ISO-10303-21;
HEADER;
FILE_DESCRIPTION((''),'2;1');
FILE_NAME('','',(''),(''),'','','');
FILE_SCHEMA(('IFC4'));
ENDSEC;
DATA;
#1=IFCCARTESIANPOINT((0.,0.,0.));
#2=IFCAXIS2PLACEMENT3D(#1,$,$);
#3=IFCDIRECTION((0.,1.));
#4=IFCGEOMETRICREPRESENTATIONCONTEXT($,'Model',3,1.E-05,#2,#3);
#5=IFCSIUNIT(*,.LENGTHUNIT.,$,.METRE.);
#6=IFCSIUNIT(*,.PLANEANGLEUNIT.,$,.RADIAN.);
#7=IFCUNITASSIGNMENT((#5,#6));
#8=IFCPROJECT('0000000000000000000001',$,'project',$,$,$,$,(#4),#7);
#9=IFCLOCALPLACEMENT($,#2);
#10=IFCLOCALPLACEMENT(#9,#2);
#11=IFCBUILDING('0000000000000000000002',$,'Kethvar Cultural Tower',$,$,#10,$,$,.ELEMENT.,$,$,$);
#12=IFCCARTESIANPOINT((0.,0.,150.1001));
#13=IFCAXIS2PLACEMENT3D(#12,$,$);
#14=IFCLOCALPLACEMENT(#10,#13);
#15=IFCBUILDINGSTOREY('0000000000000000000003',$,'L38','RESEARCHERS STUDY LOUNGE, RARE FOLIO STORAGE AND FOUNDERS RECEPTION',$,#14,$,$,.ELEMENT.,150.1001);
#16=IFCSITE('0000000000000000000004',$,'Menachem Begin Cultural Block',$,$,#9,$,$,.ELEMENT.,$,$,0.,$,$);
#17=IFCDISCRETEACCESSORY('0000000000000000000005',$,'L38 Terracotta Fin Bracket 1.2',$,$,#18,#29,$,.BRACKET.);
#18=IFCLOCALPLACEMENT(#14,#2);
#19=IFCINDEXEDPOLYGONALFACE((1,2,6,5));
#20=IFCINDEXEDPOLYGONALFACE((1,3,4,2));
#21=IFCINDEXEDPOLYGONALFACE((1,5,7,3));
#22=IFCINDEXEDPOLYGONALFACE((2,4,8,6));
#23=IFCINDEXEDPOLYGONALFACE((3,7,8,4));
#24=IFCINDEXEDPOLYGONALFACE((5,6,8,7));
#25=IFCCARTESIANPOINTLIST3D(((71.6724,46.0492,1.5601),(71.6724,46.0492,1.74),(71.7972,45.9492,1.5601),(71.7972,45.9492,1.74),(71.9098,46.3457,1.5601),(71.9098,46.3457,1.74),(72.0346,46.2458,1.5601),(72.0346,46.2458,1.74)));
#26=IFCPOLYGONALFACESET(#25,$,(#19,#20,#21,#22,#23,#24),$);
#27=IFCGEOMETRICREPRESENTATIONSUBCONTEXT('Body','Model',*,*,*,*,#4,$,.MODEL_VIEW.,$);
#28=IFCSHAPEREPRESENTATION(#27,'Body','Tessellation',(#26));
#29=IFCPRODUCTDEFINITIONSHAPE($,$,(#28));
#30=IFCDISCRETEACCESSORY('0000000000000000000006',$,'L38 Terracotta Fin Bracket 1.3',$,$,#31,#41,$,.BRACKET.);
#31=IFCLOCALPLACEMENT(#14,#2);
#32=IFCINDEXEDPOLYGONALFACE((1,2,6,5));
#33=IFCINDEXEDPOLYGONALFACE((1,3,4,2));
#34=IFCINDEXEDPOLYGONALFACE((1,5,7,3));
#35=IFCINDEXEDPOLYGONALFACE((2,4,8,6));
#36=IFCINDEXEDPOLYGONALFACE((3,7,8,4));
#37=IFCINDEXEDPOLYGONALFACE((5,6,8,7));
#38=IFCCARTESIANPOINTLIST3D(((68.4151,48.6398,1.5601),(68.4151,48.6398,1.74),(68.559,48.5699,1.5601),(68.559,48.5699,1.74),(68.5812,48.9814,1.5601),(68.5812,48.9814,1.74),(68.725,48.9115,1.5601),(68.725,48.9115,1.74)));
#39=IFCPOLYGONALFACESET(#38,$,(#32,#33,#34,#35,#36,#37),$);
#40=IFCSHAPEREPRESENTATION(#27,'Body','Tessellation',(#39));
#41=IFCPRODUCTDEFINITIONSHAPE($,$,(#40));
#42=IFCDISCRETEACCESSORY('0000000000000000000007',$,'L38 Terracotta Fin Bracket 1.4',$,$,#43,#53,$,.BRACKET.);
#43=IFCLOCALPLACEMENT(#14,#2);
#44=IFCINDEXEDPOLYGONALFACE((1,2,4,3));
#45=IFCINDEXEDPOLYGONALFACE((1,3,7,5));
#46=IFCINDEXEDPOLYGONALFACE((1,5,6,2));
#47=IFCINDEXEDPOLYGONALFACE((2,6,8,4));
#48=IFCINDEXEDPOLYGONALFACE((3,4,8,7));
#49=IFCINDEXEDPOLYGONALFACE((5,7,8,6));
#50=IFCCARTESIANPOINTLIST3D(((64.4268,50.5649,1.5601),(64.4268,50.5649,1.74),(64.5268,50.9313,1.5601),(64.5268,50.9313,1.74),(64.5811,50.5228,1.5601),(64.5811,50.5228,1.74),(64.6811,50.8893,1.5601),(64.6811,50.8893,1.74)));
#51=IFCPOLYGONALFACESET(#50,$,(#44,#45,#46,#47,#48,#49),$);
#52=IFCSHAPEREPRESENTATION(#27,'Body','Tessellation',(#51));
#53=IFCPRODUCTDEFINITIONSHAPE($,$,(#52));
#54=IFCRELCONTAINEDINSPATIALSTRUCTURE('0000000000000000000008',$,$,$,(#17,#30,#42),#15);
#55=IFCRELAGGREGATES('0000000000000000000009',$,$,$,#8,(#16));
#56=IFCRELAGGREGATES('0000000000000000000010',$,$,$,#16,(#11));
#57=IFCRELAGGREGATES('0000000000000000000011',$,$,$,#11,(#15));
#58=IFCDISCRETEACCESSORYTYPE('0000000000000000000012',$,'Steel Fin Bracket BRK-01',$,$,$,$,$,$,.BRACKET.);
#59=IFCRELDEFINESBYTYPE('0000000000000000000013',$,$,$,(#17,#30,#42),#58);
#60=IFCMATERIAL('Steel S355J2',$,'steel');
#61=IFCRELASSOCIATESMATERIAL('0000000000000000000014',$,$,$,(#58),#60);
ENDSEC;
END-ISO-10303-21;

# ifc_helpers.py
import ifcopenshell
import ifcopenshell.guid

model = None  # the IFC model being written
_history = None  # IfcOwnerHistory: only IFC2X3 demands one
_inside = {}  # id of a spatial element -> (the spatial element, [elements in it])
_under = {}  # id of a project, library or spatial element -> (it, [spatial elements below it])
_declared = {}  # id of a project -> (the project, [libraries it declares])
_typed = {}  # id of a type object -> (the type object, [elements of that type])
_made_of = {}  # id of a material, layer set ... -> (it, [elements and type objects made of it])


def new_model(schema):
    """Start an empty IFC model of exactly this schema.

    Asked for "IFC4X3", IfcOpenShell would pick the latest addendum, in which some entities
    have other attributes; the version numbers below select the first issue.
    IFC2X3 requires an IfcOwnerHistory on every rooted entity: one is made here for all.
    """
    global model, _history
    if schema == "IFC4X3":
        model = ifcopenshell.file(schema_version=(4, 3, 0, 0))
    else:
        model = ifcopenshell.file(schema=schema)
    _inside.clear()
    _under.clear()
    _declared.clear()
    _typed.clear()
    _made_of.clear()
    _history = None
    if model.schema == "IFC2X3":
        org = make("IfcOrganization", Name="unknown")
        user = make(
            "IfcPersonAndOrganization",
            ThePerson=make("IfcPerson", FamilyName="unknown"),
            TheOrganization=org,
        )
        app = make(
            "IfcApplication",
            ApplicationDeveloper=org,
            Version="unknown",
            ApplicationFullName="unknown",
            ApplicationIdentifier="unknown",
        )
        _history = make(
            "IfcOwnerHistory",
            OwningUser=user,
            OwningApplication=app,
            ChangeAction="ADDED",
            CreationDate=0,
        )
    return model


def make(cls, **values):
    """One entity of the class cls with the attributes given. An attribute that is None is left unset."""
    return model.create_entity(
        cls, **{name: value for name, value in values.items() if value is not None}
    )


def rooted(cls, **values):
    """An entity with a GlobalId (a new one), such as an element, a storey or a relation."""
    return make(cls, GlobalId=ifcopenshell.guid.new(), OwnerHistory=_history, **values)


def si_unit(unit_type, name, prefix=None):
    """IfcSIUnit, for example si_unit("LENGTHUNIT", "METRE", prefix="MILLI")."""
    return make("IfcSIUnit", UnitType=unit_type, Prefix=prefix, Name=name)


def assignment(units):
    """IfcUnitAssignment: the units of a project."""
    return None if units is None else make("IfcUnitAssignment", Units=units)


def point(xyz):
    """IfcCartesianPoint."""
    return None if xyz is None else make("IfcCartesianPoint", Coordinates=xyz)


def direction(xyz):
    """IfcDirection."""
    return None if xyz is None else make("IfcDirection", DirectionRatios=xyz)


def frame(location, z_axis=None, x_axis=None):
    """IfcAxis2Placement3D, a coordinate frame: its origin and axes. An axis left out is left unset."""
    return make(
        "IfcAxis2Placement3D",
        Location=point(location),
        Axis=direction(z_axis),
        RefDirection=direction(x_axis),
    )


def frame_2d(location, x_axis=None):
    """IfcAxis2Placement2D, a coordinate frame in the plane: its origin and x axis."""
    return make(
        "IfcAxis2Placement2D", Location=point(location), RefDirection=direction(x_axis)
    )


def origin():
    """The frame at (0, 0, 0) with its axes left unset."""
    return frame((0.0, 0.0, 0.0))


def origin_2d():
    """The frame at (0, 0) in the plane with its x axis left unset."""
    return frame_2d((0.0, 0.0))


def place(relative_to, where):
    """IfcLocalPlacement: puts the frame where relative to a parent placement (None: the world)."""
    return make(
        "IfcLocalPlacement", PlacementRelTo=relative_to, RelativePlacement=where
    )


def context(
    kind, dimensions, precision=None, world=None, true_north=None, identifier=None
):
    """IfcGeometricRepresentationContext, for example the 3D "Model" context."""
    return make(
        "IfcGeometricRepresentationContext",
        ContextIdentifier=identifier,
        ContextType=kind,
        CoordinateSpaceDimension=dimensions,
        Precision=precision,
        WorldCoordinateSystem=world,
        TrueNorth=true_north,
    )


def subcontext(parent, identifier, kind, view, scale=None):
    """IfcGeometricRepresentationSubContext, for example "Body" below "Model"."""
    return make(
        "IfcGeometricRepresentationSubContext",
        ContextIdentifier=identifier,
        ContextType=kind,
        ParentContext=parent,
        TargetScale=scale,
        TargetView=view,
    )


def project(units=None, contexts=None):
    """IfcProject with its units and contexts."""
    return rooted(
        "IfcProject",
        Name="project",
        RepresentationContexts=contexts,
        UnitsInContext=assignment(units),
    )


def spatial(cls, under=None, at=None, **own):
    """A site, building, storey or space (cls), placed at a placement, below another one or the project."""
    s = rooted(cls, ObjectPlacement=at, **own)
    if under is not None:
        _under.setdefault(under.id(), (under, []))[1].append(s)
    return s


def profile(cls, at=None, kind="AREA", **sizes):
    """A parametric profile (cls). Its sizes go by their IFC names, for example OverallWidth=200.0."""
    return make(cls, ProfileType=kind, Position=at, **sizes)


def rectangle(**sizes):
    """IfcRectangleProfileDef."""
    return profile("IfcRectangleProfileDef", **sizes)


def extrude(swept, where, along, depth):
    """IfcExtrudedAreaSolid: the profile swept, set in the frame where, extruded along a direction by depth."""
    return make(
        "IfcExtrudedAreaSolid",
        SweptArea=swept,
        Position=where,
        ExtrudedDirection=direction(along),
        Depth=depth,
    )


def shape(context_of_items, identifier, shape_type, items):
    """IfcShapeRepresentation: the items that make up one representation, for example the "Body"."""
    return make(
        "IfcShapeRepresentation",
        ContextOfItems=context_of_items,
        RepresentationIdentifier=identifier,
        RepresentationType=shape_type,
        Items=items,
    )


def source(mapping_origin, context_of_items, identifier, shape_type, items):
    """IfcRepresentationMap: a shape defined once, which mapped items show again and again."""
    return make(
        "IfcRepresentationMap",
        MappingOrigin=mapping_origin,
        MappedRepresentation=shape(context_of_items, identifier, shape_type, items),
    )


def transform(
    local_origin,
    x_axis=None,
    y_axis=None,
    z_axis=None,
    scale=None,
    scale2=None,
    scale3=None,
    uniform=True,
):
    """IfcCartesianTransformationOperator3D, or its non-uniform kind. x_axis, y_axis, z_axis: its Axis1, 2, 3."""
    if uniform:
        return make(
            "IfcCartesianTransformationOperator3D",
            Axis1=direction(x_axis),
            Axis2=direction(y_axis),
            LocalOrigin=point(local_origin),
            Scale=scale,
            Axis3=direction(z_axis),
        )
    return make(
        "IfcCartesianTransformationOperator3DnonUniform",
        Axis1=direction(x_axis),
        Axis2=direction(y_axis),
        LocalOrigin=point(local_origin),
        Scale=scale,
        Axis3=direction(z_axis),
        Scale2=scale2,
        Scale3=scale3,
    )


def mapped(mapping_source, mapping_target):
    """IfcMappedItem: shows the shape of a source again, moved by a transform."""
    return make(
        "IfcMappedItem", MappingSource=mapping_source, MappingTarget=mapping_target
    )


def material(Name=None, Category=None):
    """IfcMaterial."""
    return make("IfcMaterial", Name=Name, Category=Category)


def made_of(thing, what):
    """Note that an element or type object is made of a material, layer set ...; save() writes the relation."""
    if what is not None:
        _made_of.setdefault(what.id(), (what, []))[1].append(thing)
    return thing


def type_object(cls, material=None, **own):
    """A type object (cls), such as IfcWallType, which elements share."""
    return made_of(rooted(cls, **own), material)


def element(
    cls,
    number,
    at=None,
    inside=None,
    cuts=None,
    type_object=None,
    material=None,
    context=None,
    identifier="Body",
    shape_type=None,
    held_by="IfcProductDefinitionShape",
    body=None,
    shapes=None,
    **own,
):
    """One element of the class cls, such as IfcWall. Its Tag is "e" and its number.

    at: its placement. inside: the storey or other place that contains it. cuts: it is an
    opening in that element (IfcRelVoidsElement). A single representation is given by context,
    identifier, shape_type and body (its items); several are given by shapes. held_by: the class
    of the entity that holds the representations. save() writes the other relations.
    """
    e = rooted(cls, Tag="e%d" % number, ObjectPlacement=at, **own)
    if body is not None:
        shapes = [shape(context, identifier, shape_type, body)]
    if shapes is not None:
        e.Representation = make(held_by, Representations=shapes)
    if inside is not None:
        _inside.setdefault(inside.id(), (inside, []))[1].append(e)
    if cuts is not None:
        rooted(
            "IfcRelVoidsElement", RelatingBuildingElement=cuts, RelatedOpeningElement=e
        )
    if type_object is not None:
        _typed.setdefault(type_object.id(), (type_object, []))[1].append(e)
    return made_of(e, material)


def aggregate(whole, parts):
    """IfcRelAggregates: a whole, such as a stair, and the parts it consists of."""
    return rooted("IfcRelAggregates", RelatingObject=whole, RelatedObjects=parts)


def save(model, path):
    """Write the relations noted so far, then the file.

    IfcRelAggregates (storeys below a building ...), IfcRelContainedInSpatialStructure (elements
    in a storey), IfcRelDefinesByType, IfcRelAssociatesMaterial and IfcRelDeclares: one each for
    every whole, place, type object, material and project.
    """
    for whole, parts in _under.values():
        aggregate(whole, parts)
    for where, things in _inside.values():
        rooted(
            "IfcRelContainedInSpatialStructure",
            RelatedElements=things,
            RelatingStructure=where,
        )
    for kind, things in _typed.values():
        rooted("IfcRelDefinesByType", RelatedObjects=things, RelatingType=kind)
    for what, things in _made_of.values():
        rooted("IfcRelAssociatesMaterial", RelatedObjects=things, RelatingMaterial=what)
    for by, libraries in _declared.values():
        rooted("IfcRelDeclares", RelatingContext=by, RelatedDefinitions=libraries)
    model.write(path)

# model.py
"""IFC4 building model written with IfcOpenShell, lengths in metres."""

from ifc_helpers import new_model, si_unit, direction, frame, origin, origin_2d, place, context, subcontext, project, spatial, rectangle, extrude, source, transform, mapped, material, type_object, element, save


model = new_model("IFC4")

# Units and contexts
model_context = context("Model", 3, precision=1e-05, world=origin(), true_north=direction((0.0, 1.0)))
body_context = subcontext(model_context, "Body", "Model", "MODEL_VIEW")
ifc_project = project(units=[si_unit("LENGTHUNIT", "METRE"), si_unit("PLANEANGLEUNIT", "RADIAN")], contexts=[model_context])

# Site, building, storey
site_placement = place(None, origin())
site = spatial("IfcSite", under=ifc_project, at=site_placement, Name="Menachem Begin Cultural Block", CompositionType="ELEMENT", RefElevation=0.0)
building_placement = place(site_placement, origin())
building = spatial("IfcBuilding", under=site, at=building_placement, Name="Kethvar Cultural Tower", CompositionType="ELEMENT")
storey_placement = place(building_placement, frame((0.0, 0.0, 150.1001)))
storey = spatial("IfcBuildingStorey", under=building, at=storey_placement, Name="L38", Description="RESEARCHERS STUDY LOUNGE, RARE FOLIO STORAGE AND FOUNDERS RECEPTION", CompositionType="ELEMENT", Elevation=150.1001)

# Shared definitions
ifc_material_1 = material(Name="Steel S355J2", Category="steel")

# Discrete accessories
discrete_accessory_type = type_object("IfcDiscreteAccessoryType", Name="Steel Fin Bracket BRK-01", PredefinedType="BRACKET", material=ifc_material_1)
shared_shape_1 = source(origin(), body_context, "Body", "SweptSolid", [
    extrude(rectangle(XDim=0.3799, YDim=0.1599, at=origin_2d()), origin(), (0.0, 0.0, 1.0), 0.1799),
])
for number, where, z_axis, x_axis, name in (
    (1, (71.8535, 46.1475, 1.5601), (0.0, 0.0, 1.0), (0.62497, 0.780649, 0.0), "L38 Terracotta Fin Bracket 1.2"),
    (2, (68.5701, 48.7756, 1.5601), (0.0, 0.0, 1.0), (0.437116, 0.899405, 0.0), "L38 Terracotta Fin Bracket 1.3"),
    (3, (64.554, 50.7271, 1.5601), (0.0, 0.0, 1.0), (0.2632, 0.964741, 0.0), "L38 Terracotta Fin Bracket 1.4"),
):
    element("IfcDiscreteAccessory", number, at=place(storey_placement, frame(where, z_axis=z_axis, x_axis=x_axis)), inside=storey, type_object=discrete_accessory_type, Name=name, PredefinedType="BRACKET", context=body_context, shape_type="MappedRepresentation", body=[
        mapped(shared_shape_1, transform((0.0, 0.0, 0.0), scale=1.0)),
    ])

save(model, "model.ifc")
